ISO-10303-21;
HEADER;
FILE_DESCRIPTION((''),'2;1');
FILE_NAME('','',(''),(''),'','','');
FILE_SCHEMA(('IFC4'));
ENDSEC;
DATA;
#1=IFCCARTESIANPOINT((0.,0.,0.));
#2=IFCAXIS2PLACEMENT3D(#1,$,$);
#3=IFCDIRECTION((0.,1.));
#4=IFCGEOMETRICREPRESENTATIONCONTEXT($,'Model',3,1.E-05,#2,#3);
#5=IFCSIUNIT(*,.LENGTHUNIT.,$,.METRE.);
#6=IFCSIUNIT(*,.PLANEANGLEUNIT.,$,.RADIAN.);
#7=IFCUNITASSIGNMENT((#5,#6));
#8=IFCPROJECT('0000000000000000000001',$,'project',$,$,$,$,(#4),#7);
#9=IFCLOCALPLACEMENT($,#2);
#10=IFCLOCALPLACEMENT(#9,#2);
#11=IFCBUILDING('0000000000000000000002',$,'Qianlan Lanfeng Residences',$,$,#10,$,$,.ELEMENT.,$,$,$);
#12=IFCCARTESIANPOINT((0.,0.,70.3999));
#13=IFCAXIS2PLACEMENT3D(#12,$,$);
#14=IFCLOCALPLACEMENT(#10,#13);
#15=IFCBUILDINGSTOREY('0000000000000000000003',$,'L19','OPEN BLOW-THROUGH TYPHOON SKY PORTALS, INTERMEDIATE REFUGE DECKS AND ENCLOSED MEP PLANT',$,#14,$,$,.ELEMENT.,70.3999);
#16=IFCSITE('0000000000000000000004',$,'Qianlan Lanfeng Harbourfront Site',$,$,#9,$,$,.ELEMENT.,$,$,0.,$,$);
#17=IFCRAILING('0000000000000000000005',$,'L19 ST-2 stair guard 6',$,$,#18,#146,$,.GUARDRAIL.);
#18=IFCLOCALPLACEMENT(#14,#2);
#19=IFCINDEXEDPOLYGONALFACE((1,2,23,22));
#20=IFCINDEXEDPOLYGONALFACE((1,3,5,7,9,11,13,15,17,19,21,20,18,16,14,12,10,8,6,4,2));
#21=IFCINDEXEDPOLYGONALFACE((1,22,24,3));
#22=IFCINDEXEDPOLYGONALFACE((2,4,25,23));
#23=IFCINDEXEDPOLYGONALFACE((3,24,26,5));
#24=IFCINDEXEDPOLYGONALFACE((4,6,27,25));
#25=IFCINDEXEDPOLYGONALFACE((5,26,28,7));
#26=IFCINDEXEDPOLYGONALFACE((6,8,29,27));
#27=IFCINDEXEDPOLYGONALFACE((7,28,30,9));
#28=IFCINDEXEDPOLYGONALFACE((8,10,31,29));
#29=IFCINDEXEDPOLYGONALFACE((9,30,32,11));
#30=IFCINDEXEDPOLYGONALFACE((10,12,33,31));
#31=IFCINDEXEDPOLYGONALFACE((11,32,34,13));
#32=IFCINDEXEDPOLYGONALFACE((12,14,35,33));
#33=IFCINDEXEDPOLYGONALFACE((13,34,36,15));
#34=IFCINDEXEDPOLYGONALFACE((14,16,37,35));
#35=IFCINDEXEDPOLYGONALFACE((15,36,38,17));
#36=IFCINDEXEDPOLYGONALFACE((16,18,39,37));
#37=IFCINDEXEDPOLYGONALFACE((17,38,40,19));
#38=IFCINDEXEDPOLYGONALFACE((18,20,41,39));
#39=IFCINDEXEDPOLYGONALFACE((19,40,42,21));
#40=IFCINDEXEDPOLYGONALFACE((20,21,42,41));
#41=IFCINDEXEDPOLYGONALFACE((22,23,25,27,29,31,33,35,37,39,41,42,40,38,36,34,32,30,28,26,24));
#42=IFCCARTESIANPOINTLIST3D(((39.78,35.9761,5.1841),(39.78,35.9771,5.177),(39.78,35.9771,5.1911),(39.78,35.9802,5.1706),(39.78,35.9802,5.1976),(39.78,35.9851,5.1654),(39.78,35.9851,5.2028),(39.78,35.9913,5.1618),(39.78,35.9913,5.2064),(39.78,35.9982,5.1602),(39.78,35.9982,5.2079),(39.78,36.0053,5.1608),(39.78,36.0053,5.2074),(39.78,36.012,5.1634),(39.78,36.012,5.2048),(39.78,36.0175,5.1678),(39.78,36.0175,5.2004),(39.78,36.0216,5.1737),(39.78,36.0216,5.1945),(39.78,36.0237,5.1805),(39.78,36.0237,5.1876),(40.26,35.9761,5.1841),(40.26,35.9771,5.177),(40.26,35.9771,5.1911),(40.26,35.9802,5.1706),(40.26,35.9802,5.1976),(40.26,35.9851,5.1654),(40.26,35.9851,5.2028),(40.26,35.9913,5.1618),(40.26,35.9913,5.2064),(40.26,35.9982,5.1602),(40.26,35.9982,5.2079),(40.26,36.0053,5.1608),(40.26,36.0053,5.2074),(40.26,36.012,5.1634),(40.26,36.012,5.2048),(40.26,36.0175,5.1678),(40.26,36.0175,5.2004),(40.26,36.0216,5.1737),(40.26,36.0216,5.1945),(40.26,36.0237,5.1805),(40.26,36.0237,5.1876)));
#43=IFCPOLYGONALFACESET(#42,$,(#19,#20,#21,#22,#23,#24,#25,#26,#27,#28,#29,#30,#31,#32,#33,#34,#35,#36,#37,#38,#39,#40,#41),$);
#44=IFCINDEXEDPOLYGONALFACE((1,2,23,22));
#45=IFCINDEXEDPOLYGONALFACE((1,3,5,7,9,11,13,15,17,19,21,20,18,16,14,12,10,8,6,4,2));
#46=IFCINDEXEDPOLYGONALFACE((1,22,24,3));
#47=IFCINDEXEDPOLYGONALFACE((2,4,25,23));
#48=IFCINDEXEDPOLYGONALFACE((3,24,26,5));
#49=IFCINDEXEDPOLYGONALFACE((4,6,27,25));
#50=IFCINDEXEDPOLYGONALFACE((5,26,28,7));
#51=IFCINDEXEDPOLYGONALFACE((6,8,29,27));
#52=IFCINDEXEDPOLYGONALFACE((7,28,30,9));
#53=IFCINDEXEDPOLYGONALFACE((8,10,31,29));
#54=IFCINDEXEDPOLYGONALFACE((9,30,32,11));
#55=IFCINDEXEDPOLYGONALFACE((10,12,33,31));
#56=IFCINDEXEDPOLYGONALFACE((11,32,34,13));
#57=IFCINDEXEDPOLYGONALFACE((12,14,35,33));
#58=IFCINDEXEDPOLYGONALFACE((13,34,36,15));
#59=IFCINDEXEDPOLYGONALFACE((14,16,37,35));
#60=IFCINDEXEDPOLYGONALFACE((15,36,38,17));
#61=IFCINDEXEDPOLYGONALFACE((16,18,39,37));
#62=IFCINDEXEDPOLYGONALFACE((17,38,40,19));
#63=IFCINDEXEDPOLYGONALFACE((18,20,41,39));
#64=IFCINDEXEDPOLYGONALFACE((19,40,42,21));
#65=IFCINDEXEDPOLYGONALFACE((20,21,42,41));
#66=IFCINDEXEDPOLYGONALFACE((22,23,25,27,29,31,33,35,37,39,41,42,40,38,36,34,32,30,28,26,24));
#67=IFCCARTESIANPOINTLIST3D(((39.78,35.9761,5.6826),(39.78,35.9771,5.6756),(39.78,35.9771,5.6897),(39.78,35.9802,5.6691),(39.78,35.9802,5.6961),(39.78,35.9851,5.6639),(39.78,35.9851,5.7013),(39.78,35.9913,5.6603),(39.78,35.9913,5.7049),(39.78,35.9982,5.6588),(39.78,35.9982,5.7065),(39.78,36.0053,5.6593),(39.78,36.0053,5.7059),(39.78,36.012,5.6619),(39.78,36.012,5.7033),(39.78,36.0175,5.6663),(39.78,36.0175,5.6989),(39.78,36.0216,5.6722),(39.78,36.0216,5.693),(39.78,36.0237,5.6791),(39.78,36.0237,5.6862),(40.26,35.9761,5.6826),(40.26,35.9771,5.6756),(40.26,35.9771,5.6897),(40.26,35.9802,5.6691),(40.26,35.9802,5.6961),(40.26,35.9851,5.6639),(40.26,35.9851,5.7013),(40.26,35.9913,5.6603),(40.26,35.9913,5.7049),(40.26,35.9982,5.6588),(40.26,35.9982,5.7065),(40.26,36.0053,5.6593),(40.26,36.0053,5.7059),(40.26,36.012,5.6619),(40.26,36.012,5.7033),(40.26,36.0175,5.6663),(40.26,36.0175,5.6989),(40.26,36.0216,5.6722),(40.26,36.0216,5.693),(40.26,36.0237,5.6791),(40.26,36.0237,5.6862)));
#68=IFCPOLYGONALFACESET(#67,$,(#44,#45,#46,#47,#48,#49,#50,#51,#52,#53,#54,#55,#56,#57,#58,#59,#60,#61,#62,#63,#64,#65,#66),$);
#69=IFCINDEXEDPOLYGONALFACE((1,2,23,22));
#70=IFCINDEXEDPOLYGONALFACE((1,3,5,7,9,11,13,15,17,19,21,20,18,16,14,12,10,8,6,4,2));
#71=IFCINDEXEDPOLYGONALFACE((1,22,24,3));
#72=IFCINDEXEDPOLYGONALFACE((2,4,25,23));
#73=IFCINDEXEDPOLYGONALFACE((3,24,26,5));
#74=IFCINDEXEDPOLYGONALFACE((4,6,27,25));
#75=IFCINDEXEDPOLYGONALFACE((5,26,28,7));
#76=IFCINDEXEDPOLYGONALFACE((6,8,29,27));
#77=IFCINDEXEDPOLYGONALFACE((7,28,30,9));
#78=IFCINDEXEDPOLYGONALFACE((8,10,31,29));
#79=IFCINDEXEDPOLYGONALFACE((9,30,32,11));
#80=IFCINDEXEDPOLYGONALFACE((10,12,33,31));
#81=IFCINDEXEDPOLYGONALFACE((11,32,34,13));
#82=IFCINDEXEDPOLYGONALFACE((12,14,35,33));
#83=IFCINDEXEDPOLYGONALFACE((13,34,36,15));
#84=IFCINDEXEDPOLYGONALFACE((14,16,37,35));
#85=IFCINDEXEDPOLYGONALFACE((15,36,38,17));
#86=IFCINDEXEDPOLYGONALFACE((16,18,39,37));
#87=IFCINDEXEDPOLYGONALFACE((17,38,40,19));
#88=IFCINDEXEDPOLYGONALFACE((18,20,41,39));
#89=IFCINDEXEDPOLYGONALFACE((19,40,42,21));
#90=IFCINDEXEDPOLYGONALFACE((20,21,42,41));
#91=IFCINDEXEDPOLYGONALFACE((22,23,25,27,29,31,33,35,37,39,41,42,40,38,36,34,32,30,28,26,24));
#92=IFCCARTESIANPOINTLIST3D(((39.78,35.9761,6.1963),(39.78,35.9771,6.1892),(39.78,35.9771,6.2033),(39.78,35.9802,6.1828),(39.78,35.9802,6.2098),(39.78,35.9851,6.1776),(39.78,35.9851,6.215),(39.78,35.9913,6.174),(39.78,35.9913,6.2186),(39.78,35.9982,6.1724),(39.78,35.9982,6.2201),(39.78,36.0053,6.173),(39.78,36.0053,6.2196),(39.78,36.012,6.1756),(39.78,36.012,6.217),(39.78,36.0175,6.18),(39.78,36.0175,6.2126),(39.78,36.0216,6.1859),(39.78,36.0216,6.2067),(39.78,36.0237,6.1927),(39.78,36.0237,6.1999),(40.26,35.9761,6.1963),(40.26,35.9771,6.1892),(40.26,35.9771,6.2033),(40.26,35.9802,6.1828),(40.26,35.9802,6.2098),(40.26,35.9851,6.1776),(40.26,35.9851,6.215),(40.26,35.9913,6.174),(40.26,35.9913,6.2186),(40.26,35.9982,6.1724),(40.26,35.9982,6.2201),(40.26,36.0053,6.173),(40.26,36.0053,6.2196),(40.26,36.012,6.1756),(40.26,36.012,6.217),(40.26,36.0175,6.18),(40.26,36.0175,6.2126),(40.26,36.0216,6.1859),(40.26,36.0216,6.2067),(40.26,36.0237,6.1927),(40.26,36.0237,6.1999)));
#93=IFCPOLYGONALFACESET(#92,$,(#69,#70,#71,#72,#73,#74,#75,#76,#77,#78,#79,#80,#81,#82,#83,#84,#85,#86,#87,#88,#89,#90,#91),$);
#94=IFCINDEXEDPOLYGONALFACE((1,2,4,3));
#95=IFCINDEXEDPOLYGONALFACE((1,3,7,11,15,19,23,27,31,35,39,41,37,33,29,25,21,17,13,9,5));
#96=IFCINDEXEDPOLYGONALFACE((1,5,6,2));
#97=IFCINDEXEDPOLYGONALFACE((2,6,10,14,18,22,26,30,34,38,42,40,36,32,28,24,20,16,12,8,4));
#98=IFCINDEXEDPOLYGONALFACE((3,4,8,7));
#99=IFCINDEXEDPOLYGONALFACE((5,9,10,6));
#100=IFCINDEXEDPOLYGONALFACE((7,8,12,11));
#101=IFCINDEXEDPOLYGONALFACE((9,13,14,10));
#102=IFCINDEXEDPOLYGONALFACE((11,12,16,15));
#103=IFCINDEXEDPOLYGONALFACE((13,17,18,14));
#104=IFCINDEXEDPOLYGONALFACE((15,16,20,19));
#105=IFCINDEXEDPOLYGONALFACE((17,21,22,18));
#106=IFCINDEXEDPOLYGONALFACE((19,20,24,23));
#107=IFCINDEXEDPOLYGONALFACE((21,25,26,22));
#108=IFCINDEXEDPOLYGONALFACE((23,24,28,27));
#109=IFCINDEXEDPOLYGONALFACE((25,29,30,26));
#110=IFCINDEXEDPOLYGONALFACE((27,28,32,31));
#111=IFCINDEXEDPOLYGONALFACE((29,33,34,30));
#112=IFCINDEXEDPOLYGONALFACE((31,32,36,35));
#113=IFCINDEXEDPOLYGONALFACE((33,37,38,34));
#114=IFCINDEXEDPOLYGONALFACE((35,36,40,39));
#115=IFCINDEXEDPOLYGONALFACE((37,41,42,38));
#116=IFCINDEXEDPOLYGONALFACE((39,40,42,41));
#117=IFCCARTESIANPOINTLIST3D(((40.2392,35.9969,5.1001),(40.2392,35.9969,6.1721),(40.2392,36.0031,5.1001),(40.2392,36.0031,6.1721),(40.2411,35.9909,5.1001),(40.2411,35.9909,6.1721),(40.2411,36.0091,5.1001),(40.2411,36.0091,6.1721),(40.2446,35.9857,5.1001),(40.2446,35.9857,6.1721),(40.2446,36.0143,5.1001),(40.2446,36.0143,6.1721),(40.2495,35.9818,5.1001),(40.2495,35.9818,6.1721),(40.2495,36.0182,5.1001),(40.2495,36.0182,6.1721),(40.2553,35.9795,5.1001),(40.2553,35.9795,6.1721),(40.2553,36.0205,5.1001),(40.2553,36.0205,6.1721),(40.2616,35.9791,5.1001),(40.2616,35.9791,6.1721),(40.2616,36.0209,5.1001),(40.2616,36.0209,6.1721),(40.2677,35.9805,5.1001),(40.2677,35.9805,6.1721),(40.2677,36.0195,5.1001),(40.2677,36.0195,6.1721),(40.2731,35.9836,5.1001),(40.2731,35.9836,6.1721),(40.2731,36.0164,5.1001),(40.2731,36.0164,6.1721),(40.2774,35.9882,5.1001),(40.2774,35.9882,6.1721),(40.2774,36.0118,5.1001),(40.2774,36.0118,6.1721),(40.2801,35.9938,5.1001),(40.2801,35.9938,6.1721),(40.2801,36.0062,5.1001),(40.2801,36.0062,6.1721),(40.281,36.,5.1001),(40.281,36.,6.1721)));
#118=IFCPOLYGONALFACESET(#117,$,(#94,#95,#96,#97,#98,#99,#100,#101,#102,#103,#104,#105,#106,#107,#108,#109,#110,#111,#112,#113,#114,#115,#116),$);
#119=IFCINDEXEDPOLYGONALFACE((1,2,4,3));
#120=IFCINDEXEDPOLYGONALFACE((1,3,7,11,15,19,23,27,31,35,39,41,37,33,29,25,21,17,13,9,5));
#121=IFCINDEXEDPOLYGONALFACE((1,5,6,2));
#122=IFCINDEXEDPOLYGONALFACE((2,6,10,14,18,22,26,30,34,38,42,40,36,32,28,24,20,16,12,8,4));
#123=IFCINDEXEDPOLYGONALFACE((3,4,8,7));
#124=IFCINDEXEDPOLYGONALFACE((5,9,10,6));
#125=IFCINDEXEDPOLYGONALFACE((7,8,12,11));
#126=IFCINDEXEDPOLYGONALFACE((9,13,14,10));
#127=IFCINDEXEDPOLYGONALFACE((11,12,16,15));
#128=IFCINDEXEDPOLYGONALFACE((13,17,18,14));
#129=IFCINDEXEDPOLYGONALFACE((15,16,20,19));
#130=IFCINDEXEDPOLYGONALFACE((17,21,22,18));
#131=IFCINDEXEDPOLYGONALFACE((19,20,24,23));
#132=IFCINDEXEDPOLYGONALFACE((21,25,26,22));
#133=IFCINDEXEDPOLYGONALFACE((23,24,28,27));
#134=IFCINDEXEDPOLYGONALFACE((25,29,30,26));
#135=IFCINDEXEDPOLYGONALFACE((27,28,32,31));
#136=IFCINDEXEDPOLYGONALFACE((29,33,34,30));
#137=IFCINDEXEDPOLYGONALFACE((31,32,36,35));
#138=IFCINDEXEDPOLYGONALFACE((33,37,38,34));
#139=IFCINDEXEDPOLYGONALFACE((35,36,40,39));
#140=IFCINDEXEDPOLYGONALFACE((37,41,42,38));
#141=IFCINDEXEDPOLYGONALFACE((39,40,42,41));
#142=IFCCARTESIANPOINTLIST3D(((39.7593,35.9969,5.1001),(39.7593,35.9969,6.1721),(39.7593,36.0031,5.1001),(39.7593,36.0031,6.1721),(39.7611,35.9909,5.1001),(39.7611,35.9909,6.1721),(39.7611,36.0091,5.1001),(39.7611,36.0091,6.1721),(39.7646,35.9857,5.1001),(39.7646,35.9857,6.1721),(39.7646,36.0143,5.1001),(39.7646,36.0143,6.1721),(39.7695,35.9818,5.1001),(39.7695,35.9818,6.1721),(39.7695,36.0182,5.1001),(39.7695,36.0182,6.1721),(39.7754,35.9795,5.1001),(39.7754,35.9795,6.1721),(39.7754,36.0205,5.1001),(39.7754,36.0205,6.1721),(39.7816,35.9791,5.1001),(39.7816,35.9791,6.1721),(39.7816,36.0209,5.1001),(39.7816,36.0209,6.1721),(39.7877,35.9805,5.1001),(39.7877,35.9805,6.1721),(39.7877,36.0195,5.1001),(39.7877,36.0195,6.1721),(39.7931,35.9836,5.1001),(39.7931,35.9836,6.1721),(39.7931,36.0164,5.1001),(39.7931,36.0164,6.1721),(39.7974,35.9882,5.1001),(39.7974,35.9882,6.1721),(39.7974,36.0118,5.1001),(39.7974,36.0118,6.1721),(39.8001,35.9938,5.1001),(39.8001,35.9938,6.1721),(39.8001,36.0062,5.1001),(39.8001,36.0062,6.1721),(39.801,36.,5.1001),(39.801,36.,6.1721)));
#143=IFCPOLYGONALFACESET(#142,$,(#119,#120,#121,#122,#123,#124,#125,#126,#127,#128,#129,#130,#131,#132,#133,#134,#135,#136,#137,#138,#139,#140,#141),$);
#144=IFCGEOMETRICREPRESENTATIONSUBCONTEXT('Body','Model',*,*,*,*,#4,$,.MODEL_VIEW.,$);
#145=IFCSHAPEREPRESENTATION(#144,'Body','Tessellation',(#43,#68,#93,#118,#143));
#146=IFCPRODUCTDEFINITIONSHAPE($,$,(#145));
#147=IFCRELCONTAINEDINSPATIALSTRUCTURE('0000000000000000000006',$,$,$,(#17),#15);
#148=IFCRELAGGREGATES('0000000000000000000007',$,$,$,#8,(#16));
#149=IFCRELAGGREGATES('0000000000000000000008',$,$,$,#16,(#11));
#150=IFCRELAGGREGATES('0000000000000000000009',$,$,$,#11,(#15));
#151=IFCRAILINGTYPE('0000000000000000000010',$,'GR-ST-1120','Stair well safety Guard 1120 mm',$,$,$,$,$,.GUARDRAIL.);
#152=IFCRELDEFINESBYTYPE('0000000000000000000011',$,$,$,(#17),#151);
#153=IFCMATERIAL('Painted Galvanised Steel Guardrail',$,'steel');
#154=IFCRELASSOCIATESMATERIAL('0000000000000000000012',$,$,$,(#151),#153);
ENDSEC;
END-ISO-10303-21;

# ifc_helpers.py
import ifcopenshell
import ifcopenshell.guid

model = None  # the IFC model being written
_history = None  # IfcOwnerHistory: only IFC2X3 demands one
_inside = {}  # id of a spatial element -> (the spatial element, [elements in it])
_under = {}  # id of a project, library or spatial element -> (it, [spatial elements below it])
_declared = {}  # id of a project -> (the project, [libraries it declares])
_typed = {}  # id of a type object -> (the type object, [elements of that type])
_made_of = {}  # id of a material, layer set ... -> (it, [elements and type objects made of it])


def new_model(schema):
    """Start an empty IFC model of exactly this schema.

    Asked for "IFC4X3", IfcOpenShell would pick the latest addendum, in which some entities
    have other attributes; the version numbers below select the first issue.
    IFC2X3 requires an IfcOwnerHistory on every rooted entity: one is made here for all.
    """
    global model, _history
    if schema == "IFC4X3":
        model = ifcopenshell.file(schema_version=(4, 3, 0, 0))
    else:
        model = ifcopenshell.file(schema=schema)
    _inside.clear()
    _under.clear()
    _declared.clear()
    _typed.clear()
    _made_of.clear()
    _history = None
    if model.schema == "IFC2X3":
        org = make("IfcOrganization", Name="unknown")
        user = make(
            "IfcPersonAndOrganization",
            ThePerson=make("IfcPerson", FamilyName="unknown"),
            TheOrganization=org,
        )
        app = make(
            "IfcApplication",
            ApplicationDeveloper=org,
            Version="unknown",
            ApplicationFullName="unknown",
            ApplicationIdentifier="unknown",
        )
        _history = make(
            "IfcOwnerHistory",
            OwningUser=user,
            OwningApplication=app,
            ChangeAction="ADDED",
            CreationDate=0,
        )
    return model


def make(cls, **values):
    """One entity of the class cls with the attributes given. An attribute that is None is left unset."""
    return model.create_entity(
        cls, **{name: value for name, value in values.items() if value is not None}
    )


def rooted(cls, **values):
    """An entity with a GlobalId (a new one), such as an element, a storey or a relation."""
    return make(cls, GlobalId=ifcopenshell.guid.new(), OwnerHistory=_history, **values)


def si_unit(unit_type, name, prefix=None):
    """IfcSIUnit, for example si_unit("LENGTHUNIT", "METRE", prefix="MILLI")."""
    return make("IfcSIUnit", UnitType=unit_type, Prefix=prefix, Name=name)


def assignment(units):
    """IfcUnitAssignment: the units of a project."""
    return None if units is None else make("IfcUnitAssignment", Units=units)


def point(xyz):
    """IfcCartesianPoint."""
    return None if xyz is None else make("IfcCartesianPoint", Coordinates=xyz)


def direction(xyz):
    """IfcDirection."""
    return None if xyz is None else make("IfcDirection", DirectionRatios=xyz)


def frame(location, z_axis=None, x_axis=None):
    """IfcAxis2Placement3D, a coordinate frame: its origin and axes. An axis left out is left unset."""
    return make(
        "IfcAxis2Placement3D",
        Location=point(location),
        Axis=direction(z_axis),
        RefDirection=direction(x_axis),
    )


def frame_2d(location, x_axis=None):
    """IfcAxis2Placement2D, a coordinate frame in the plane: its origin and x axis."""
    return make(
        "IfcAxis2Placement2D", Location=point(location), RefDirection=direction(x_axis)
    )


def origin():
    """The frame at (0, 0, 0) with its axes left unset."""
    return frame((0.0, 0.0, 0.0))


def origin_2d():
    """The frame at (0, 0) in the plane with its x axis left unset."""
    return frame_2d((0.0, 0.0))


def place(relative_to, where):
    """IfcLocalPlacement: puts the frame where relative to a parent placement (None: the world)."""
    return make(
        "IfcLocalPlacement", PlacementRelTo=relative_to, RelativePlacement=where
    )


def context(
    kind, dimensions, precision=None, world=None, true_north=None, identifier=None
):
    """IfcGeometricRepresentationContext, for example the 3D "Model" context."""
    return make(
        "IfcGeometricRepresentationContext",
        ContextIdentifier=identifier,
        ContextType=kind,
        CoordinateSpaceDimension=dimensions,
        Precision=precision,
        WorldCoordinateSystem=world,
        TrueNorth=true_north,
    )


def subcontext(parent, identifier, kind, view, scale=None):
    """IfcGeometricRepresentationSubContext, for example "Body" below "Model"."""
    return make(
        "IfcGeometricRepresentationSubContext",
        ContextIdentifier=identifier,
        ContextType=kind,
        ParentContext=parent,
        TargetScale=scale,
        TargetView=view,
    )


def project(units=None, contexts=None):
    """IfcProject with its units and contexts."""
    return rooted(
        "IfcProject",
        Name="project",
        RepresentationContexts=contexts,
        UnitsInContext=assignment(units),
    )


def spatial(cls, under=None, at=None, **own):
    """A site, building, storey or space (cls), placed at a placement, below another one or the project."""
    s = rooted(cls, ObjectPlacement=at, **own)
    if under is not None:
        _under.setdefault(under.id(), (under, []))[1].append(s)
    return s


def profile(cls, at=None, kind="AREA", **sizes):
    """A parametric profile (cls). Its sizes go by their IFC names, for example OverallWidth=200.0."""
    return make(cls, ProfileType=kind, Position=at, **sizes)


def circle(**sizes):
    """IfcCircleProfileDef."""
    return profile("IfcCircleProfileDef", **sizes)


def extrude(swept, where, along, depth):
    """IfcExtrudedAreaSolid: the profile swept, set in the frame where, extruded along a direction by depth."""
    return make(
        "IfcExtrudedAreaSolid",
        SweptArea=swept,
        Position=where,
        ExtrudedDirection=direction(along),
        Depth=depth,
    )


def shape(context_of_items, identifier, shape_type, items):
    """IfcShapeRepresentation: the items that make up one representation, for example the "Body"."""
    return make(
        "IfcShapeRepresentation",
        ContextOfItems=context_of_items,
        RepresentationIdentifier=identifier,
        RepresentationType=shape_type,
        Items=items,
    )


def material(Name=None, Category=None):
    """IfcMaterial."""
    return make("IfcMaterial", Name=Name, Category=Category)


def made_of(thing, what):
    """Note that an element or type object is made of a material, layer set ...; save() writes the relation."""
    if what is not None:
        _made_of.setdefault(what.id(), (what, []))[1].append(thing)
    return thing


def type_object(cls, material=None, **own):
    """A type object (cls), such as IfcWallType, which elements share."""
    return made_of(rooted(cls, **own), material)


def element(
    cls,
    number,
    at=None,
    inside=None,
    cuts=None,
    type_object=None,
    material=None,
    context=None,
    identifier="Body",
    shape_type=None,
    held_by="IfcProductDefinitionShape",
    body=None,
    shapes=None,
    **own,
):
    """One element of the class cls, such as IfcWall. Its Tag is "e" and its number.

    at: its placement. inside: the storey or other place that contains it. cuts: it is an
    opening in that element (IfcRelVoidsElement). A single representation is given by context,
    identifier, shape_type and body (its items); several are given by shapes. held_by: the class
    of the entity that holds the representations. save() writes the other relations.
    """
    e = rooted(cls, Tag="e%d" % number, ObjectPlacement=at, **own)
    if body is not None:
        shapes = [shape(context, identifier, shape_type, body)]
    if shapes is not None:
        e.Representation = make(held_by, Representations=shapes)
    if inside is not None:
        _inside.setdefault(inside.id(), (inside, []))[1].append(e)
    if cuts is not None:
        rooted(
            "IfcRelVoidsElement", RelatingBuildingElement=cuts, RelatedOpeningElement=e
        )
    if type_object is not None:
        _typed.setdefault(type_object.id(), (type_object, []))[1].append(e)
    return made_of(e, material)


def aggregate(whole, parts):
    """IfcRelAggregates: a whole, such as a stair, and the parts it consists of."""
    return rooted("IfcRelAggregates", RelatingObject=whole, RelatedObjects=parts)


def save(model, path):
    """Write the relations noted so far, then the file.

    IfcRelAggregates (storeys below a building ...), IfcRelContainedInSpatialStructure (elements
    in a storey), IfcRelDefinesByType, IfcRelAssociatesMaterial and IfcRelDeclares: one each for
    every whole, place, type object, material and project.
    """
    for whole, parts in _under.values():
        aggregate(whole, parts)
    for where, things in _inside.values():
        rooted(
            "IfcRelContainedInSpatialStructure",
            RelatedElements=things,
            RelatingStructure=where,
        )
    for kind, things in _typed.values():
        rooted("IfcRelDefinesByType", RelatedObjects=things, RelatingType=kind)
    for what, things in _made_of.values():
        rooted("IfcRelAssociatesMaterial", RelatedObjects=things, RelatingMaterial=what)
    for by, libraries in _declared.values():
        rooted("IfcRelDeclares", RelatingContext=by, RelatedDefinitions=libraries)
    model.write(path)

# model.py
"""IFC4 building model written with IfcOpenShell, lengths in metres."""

from ifc_helpers import new_model, si_unit, direction, frame, origin, origin_2d, place, context, subcontext, project, spatial, circle, extrude, material, type_object, element, save


model = new_model("IFC4")

# Units and contexts
model_context = context("Model", 3, precision=1e-05, world=origin(), true_north=direction((0.0, 1.0)))
body_context = subcontext(model_context, "Body", "Model", "MODEL_VIEW")
ifc_project = project(units=[si_unit("LENGTHUNIT", "METRE"), si_unit("PLANEANGLEUNIT", "RADIAN")], contexts=[model_context])

# Site, building, storey
site_placement = place(None, origin())
site = spatial("IfcSite", under=ifc_project, at=site_placement, Name="Qianlan Lanfeng Harbourfront Site", CompositionType="ELEMENT", RefElevation=0.0)
building_placement = place(site_placement, origin())
building = spatial("IfcBuilding", under=site, at=building_placement, Name="Qianlan Lanfeng Residences", CompositionType="ELEMENT")
storey_placement = place(building_placement, frame((0.0, 0.0, 70.3999)))
storey = spatial("IfcBuildingStorey", under=building, at=storey_placement, Name="L19", Description="OPEN BLOW-THROUGH TYPHOON SKY PORTALS, INTERMEDIATE REFUGE DECKS AND ENCLOSED MEP PLANT", CompositionType="ELEMENT", Elevation=70.3999)

# Railing
ifc_material_1 = material(Name="Painted Galvanised Steel Guardrail", Category="steel")
railing_type_1 = type_object("IfcRailingType", Name="GR-ST-1120", Description="Stair well safety Guard 1120 mm", PredefinedType="GUARDRAIL", material=ifc_material_1)
railing_1_placement = place(storey_placement, frame((40.26, 36.0, 5.1001)))
element("IfcRailing", 1, at=railing_1_placement, inside=storey, type_object=railing_type_1, Name="L19 ST-2 stair guard 6", PredefinedType="GUARDRAIL", context=body_context, shape_type="SweptSolid", body=[
    extrude(circle(Radius=0.0239, at=origin_2d()), frame((0.0, 0.0, 0.084), z_axis=(-1.0, 0.0, 0.0), x_axis=(0.0, -1.0, 0.0)), (0.0, 0.0, 1.0), 0.48),
    extrude(circle(Radius=0.0239, at=origin_2d()), frame((0.0, 0.0, 0.5825), z_axis=(-1.0, 0.0, 0.0), x_axis=(0.0, -1.0, 0.0)), (0.0, 0.0, 1.0), 0.48),
    extrude(circle(Radius=0.0239, at=origin_2d()), frame((0.0, 0.0, 1.0962), z_axis=(-1.0, 0.0, 0.0), x_axis=(0.0, -1.0, 0.0)), (0.0, 0.0, 1.0), 0.48),
    extrude(circle(Radius=0.021, at=origin_2d()), origin(), (0.0, 0.0, 1.0), 1.072),
    extrude(circle(Radius=0.021, at=origin_2d()), frame((-0.48, 0.0, 0.0)), (0.0, 0.0, 1.0), 1.072),
])

save(model, "model.ifc")
